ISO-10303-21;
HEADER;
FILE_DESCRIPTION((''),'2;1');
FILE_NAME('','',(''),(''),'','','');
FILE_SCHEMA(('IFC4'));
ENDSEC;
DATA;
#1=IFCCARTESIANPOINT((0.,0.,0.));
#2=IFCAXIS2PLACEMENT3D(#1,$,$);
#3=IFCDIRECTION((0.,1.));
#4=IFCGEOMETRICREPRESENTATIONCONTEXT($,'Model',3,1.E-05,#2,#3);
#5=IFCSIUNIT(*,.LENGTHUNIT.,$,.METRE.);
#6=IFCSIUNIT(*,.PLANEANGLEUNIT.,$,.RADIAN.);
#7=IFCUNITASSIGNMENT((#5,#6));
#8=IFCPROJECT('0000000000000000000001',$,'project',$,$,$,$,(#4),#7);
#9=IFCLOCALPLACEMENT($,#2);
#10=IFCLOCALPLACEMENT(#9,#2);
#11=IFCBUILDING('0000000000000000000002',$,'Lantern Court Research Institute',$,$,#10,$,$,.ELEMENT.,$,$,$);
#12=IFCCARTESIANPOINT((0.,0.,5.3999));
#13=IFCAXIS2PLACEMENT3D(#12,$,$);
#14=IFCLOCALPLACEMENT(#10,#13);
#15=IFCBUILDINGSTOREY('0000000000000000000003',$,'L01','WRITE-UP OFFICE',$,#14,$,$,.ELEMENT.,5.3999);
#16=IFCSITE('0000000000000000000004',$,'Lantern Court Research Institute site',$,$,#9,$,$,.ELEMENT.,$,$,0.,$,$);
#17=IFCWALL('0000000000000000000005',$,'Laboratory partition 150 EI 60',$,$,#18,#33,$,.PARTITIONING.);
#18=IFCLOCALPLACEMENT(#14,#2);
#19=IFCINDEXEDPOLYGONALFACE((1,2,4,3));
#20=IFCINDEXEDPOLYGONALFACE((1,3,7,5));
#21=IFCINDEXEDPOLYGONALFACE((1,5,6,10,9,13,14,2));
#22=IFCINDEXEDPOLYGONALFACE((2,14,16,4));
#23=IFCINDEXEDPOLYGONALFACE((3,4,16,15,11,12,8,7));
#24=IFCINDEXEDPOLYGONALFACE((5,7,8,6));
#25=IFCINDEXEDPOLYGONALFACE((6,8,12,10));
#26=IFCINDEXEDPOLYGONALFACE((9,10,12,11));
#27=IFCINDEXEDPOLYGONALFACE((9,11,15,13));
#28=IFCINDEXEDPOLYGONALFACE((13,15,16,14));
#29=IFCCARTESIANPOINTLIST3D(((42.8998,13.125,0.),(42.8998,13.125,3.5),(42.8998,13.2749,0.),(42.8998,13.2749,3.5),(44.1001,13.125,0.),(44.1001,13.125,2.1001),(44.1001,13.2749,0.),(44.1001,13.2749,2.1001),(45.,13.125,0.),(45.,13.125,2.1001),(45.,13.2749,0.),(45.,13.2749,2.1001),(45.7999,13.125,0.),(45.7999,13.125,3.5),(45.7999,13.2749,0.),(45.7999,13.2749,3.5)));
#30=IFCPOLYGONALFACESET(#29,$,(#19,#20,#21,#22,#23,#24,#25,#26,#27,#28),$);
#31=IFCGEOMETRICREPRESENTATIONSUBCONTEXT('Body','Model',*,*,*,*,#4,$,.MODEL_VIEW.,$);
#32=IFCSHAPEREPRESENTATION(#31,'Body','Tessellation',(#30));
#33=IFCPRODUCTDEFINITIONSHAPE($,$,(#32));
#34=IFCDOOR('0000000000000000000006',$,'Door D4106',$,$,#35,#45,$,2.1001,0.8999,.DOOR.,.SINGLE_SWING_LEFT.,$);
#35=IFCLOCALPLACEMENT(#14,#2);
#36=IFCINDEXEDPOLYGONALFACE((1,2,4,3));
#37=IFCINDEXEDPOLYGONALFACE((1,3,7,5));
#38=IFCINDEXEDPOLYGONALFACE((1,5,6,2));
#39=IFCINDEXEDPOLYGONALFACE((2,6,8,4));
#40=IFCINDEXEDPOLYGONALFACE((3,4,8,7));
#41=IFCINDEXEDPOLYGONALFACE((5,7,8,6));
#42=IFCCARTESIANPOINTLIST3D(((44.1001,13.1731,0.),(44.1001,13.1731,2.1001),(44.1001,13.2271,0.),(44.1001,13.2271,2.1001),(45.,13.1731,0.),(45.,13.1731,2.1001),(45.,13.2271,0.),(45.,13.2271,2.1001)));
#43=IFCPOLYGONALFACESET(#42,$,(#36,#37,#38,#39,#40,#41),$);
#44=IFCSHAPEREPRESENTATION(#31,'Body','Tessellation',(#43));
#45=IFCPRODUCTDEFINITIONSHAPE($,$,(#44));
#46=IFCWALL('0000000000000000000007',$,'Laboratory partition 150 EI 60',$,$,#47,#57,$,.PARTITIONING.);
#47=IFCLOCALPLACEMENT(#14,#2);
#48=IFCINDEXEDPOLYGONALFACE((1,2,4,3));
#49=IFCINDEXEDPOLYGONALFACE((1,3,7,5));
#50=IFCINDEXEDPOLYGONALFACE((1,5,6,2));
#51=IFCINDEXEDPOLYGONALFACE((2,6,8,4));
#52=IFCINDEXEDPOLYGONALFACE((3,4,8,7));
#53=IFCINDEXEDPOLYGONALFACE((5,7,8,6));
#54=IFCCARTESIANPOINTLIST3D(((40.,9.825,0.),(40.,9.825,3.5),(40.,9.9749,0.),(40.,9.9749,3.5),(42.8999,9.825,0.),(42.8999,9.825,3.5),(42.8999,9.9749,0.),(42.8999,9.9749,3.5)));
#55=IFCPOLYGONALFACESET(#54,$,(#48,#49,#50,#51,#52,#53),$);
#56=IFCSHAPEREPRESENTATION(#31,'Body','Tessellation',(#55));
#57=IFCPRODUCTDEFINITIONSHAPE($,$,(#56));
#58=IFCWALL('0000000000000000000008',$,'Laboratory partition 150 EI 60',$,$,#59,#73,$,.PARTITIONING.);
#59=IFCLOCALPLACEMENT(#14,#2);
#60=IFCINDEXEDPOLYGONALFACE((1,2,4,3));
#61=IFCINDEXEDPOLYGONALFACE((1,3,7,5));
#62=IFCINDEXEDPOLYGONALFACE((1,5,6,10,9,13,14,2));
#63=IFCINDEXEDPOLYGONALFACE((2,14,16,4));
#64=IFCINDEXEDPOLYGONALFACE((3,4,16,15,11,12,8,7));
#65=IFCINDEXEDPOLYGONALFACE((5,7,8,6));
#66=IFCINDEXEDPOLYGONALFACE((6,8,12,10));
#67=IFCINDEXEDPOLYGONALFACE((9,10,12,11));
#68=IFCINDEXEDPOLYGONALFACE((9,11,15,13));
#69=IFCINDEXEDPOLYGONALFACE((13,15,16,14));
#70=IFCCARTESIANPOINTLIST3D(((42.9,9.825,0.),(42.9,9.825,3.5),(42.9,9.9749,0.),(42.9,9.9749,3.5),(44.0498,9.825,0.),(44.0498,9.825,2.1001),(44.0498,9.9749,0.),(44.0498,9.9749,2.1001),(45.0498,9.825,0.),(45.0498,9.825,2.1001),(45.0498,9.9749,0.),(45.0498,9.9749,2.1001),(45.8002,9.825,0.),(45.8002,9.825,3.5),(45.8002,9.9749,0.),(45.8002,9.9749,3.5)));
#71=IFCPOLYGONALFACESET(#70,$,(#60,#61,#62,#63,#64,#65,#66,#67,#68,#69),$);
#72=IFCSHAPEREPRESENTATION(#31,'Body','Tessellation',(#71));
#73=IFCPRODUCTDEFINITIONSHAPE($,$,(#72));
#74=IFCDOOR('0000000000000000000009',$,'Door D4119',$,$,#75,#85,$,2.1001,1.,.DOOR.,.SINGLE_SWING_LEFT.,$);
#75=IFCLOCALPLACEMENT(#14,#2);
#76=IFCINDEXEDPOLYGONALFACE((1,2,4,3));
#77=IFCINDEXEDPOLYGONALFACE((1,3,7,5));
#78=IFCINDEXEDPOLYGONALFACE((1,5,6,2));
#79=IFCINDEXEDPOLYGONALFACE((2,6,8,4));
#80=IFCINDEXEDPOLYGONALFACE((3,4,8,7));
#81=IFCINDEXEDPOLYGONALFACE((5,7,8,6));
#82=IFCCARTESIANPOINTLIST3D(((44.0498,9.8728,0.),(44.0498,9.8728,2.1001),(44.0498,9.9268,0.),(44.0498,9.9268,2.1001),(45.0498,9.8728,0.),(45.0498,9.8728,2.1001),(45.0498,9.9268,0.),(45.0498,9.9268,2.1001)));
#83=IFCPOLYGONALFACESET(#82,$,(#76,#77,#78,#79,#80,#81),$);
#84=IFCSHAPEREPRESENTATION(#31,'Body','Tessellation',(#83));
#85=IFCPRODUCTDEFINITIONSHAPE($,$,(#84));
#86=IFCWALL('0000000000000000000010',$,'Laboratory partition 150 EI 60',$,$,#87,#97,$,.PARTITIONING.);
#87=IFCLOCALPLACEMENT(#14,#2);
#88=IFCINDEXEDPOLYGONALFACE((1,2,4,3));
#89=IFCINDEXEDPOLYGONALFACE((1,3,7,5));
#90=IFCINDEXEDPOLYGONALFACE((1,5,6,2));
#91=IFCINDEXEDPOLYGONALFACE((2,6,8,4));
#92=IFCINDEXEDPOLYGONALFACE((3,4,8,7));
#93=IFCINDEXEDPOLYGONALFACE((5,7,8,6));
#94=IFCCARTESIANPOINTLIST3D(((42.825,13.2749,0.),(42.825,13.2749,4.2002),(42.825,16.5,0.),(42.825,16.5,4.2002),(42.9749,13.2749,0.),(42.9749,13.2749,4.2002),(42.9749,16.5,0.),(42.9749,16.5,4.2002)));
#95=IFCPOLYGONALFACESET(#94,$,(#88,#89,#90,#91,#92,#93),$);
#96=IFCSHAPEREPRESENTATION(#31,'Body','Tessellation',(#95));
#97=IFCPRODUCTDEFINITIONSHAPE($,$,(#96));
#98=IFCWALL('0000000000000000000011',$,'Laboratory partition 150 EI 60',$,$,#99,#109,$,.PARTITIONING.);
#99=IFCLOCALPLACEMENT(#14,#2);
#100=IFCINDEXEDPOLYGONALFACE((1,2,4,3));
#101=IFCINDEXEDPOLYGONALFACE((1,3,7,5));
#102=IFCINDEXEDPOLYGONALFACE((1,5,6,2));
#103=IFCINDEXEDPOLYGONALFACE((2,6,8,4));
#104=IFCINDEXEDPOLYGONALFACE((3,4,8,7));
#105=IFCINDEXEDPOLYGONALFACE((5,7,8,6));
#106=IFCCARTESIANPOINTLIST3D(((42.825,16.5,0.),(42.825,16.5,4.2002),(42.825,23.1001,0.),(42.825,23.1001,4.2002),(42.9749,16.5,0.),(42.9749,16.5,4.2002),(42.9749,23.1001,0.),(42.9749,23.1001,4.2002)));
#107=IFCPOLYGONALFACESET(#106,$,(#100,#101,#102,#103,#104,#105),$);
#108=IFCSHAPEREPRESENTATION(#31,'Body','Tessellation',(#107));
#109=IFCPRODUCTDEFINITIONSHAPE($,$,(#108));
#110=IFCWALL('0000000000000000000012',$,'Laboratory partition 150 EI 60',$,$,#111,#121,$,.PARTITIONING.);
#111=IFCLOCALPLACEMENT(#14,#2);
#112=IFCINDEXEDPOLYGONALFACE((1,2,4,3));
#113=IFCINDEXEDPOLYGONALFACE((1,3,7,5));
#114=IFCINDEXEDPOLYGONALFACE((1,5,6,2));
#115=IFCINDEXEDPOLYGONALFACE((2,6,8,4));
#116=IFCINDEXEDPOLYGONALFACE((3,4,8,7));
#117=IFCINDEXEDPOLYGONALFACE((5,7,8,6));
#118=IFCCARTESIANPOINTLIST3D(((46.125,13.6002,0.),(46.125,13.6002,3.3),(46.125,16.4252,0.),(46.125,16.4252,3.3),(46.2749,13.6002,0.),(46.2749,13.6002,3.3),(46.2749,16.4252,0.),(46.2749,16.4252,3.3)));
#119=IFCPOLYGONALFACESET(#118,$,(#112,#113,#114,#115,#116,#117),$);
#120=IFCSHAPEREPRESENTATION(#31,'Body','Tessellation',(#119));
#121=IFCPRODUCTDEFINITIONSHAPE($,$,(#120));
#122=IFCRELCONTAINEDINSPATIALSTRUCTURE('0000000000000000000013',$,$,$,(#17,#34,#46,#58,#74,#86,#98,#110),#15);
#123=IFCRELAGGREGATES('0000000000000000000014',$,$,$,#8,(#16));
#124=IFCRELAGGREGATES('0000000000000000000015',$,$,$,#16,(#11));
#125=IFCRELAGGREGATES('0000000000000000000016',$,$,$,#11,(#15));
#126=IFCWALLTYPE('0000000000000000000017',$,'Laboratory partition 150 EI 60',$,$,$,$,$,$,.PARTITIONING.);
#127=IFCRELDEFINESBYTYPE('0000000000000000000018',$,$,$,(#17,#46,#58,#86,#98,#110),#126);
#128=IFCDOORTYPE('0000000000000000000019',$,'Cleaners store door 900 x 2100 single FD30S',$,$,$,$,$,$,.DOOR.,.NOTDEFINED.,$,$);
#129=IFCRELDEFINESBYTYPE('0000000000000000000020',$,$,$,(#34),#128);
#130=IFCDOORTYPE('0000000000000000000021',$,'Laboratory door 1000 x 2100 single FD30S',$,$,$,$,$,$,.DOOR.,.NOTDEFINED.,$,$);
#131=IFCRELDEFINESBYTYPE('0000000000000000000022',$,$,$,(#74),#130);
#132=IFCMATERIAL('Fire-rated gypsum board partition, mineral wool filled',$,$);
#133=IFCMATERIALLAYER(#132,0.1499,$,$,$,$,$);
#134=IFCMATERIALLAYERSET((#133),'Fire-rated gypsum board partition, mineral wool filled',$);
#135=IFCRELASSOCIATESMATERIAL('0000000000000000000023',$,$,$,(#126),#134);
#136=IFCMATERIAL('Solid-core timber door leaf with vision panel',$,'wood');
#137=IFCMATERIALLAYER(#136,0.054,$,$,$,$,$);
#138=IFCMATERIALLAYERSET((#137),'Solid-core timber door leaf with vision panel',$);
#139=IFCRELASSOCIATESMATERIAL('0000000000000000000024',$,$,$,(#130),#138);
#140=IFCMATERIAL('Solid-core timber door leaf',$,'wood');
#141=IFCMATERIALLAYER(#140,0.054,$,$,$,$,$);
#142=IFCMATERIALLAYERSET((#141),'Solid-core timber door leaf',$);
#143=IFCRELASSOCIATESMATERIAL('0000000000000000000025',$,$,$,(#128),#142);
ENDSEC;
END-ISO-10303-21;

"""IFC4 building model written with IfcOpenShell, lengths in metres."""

from ifc_helpers import new_model, si_unit, direction, frame, frame_2d, origin, place, context, subcontext, project, spatial, rectangle, extrude, material, layer, layer_set, type_object, element, fill, save


model = new_model("IFC4")

# Units and contexts
model_context = context("Model", 3, precision=1e-05, world=origin(), true_north=direction((0.0, 1.0)))
body_context = subcontext(model_context, "Body", "Model", "MODEL_VIEW")
ifc_project = project(units=[si_unit("LENGTHUNIT", "METRE"), si_unit("PLANEANGLEUNIT", "RADIAN")], contexts=[model_context])

# Site, building, storey
site_placement = place(None, origin())
site = spatial("IfcSite", under=ifc_project, at=site_placement, Name="Lantern Court Research Institute site", CompositionType="ELEMENT", RefElevation=0.0)
building_placement = place(site_placement, origin())
building = spatial("IfcBuilding", under=site, at=building_placement, Name="Lantern Court Research Institute", CompositionType="ELEMENT")
storey_placement = place(building_placement, frame((0.0, 0.0, 5.3999)))
storey = spatial("IfcBuildingStorey", under=building, at=storey_placement, Name="L01", Description="WRITE-UP OFFICE", CompositionType="ELEMENT", Elevation=5.3999)

# Wall, opening, door
ifc_material_1 = material(Name="Fire-rated gypsum board partition, mineral wool filled")
ifc_layer_1 = layer(ifc_material_1, 0.1499)
ifc_layer_set_1 = layer_set([ifc_layer_1], Name="Fire-rated gypsum board partition, mineral wool filled")
wall_type = type_object("IfcWallType", Name="Laboratory partition 150 EI 60", PredefinedType="PARTITIONING", material=ifc_layer_set_1)
ifc_material_2 = material(Name="Solid-core timber door leaf with vision panel", Category="wood")
ifc_layer_2 = layer(ifc_material_2, 0.054)
ifc_layer_set_2 = layer_set([ifc_layer_2], Name="Solid-core timber door leaf with vision panel")
door_type_1 = type_object("IfcDoorType", Name="Laboratory door 1000 x 2100 single FD30S", OperationType="NOTDEFINED", PredefinedType="DOOR", material=ifc_layer_set_2)
wall_1_placement = place(storey_placement, frame((45.8, 13.2, 0.0), z_axis=(0.0, 0.0, 1.0), x_axis=(-1.0, 0.0, 0.0)))
wall_1 = element("IfcWall", 1, at=wall_1_placement, inside=storey, type_object=wall_type, Name="Laboratory partition 150 EI 60", PredefinedType="PARTITIONING", context=body_context, shape_type="SweptSolid", body=[
    extrude(rectangle(XDim=2.9001, YDim=0.1499, at=frame_2d((1.4502, 0.0))), origin(), (0.0, 0.0, 1.0), 3.5),
])
opening_1_placement = place(wall_1_placement, frame((0.8, 0.0, 0.0)))
opening_1 = element("IfcOpeningElement", 2, at=opening_1_placement, cuts=wall_1, PredefinedType="OPENING", context=body_context, shape_type="SweptSolid", body=[
    extrude(rectangle(XDim=0.8999, YDim=2.1001, at=frame_2d((0.45, 1.05))), frame((0.0, 0.085, 0.0), z_axis=(0.0, -1.0, 0.0), x_axis=(1.0, 0.0, 0.0)), (0.0, 0.0, 1.0), 0.1699),
])
ifc_material_3 = material(Name="Solid-core timber door leaf", Category="wood")
ifc_layer_3 = layer(ifc_material_3, 0.054)
ifc_layer_set_3 = layer_set([ifc_layer_3], Name="Solid-core timber door leaf")
door_type_2 = type_object("IfcDoorType", Name="Cleaners store door 900 x 2100 single FD30S", OperationType="NOTDEFINED", PredefinedType="DOOR", material=ifc_layer_set_3)
door_1_placement = place(opening_1_placement, origin())
door_1 = element("IfcDoor", 3, at=door_1_placement, inside=storey, type_object=door_type_2, Name="Door D4106", OperationType="SINGLE_SWING_LEFT", OverallHeight=2.1001, OverallWidth=0.8999, PredefinedType="DOOR", context=body_context, shape_type="SweptSolid", body=[
    extrude(rectangle(XDim=0.8999, YDim=2.1001, at=frame_2d((0.45, 1.05))), frame((0.0, 0.0269, 0.0), z_axis=(0.0, -1.0, 0.0), x_axis=(1.0, 0.0, 0.0)), (0.0, 0.0, 1.0), 0.054),
])
fill(opening_1, door_1)

# Wall
wall_2_placement = place(storey_placement, frame((40.0, 9.8999, 0.0), z_axis=(0.0, 0.0, 1.0), x_axis=(1.0, 0.0, 0.0)))
element("IfcWall", 4, at=wall_2_placement, inside=storey, type_object=wall_type, Name="Laboratory partition 150 EI 60", PredefinedType="PARTITIONING", context=body_context, shape_type="SweptSolid", body=[
    extrude(rectangle(XDim=2.8999, YDim=0.1499, at=frame_2d((1.45, 0.0))), origin(), (0.0, 0.0, 1.0), 3.5),
])

# Wall, opening, door
wall_3_placement = place(storey_placement, frame((42.8999, 9.8999, 0.0), z_axis=(0.0, 0.0, 1.0), x_axis=(1.0, 0.0, 0.0)))
wall_3 = element("IfcWall", 5, at=wall_3_placement, inside=storey, type_object=wall_type, Name="Laboratory partition 150 EI 60", PredefinedType="PARTITIONING", context=body_context, shape_type="SweptSolid", body=[
    extrude(rectangle(XDim=2.9001, YDim=0.1499, at=frame_2d((1.4502, 0.0))), origin(), (0.0, 0.0, 1.0), 3.5),
])
opening_2_placement = place(wall_3_placement, frame((1.1499, 0.0, 0.0)))
opening_2 = element("IfcOpeningElement", 6, at=opening_2_placement, cuts=wall_3, PredefinedType="OPENING", context=body_context, shape_type="SweptSolid", body=[
    extrude(rectangle(XDim=1.0, YDim=2.1001, at=frame_2d((0.5, 1.05))), frame((0.0, 0.085, 0.0), z_axis=(0.0, -1.0, 0.0), x_axis=(1.0, 0.0, 0.0)), (0.0, 0.0, 1.0), 0.1699),
])
door_2_placement = place(opening_2_placement, origin())
door_2 = element("IfcDoor", 7, at=door_2_placement, inside=storey, type_object=door_type_1, Name="Door D4119", OperationType="SINGLE_SWING_LEFT", OverallHeight=2.1001, OverallWidth=1.0, PredefinedType="DOOR", context=body_context, shape_type="SweptSolid", body=[
    extrude(rectangle(XDim=1.0, YDim=2.1001, at=frame_2d((0.5, 1.05))), frame((0.0, 0.0269, 0.0), z_axis=(0.0, -1.0, 0.0), x_axis=(1.0, 0.0, 0.0)), (0.0, 0.0, 1.0), 0.054),
])
fill(opening_2, door_2)

# Walls
wall_4_placement = place(storey_placement, frame((42.8999, 13.2749, 0.0), z_axis=(0.0, 0.0, 1.0), x_axis=(0.0, 1.0, 0.0)))
element("IfcWall", 8, at=wall_4_placement, inside=storey, type_object=wall_type, Name="Laboratory partition 150 EI 60", PredefinedType="PARTITIONING", context=body_context, shape_type="SweptSolid", body=[
    extrude(rectangle(XDim=3.2251, YDim=0.1499, at=frame_2d((1.6125, 0.0))), origin(), (0.0, 0.0, 1.0), 4.2002),
])
wall_5_placement = place(storey_placement, frame((42.8999, 16.5, 0.0), z_axis=(0.0, 0.0, 1.0), x_axis=(0.0, 1.0, 0.0)))
element("IfcWall", 9, at=wall_5_placement, inside=storey, type_object=wall_type, Name="Laboratory partition 150 EI 60", PredefinedType="PARTITIONING", context=body_context, shape_type="SweptSolid", body=[
    extrude(rectangle(XDim=6.6001, YDim=0.1499, at=frame_2d((3.3, 0.0))), origin(), (0.0, 0.0, 1.0), 4.2002),
])
wall_6_placement = place(storey_placement, frame((46.2, 13.6001, 0.0), z_axis=(0.0, 0.0, 1.0), x_axis=(0.0, 1.0, 0.0)))
element("IfcWall", 10, at=wall_6_placement, inside=storey, type_object=wall_type, Name="Laboratory partition 150 EI 60", PredefinedType="PARTITIONING", context=body_context, shape_type="SweptSolid", body=[
    extrude(rectangle(XDim=2.825, YDim=0.1499, at=frame_2d((1.4126, 0.0))), origin(), (0.0, 0.0, 1.0), 3.3),
])

save(model, "model.ifc")
